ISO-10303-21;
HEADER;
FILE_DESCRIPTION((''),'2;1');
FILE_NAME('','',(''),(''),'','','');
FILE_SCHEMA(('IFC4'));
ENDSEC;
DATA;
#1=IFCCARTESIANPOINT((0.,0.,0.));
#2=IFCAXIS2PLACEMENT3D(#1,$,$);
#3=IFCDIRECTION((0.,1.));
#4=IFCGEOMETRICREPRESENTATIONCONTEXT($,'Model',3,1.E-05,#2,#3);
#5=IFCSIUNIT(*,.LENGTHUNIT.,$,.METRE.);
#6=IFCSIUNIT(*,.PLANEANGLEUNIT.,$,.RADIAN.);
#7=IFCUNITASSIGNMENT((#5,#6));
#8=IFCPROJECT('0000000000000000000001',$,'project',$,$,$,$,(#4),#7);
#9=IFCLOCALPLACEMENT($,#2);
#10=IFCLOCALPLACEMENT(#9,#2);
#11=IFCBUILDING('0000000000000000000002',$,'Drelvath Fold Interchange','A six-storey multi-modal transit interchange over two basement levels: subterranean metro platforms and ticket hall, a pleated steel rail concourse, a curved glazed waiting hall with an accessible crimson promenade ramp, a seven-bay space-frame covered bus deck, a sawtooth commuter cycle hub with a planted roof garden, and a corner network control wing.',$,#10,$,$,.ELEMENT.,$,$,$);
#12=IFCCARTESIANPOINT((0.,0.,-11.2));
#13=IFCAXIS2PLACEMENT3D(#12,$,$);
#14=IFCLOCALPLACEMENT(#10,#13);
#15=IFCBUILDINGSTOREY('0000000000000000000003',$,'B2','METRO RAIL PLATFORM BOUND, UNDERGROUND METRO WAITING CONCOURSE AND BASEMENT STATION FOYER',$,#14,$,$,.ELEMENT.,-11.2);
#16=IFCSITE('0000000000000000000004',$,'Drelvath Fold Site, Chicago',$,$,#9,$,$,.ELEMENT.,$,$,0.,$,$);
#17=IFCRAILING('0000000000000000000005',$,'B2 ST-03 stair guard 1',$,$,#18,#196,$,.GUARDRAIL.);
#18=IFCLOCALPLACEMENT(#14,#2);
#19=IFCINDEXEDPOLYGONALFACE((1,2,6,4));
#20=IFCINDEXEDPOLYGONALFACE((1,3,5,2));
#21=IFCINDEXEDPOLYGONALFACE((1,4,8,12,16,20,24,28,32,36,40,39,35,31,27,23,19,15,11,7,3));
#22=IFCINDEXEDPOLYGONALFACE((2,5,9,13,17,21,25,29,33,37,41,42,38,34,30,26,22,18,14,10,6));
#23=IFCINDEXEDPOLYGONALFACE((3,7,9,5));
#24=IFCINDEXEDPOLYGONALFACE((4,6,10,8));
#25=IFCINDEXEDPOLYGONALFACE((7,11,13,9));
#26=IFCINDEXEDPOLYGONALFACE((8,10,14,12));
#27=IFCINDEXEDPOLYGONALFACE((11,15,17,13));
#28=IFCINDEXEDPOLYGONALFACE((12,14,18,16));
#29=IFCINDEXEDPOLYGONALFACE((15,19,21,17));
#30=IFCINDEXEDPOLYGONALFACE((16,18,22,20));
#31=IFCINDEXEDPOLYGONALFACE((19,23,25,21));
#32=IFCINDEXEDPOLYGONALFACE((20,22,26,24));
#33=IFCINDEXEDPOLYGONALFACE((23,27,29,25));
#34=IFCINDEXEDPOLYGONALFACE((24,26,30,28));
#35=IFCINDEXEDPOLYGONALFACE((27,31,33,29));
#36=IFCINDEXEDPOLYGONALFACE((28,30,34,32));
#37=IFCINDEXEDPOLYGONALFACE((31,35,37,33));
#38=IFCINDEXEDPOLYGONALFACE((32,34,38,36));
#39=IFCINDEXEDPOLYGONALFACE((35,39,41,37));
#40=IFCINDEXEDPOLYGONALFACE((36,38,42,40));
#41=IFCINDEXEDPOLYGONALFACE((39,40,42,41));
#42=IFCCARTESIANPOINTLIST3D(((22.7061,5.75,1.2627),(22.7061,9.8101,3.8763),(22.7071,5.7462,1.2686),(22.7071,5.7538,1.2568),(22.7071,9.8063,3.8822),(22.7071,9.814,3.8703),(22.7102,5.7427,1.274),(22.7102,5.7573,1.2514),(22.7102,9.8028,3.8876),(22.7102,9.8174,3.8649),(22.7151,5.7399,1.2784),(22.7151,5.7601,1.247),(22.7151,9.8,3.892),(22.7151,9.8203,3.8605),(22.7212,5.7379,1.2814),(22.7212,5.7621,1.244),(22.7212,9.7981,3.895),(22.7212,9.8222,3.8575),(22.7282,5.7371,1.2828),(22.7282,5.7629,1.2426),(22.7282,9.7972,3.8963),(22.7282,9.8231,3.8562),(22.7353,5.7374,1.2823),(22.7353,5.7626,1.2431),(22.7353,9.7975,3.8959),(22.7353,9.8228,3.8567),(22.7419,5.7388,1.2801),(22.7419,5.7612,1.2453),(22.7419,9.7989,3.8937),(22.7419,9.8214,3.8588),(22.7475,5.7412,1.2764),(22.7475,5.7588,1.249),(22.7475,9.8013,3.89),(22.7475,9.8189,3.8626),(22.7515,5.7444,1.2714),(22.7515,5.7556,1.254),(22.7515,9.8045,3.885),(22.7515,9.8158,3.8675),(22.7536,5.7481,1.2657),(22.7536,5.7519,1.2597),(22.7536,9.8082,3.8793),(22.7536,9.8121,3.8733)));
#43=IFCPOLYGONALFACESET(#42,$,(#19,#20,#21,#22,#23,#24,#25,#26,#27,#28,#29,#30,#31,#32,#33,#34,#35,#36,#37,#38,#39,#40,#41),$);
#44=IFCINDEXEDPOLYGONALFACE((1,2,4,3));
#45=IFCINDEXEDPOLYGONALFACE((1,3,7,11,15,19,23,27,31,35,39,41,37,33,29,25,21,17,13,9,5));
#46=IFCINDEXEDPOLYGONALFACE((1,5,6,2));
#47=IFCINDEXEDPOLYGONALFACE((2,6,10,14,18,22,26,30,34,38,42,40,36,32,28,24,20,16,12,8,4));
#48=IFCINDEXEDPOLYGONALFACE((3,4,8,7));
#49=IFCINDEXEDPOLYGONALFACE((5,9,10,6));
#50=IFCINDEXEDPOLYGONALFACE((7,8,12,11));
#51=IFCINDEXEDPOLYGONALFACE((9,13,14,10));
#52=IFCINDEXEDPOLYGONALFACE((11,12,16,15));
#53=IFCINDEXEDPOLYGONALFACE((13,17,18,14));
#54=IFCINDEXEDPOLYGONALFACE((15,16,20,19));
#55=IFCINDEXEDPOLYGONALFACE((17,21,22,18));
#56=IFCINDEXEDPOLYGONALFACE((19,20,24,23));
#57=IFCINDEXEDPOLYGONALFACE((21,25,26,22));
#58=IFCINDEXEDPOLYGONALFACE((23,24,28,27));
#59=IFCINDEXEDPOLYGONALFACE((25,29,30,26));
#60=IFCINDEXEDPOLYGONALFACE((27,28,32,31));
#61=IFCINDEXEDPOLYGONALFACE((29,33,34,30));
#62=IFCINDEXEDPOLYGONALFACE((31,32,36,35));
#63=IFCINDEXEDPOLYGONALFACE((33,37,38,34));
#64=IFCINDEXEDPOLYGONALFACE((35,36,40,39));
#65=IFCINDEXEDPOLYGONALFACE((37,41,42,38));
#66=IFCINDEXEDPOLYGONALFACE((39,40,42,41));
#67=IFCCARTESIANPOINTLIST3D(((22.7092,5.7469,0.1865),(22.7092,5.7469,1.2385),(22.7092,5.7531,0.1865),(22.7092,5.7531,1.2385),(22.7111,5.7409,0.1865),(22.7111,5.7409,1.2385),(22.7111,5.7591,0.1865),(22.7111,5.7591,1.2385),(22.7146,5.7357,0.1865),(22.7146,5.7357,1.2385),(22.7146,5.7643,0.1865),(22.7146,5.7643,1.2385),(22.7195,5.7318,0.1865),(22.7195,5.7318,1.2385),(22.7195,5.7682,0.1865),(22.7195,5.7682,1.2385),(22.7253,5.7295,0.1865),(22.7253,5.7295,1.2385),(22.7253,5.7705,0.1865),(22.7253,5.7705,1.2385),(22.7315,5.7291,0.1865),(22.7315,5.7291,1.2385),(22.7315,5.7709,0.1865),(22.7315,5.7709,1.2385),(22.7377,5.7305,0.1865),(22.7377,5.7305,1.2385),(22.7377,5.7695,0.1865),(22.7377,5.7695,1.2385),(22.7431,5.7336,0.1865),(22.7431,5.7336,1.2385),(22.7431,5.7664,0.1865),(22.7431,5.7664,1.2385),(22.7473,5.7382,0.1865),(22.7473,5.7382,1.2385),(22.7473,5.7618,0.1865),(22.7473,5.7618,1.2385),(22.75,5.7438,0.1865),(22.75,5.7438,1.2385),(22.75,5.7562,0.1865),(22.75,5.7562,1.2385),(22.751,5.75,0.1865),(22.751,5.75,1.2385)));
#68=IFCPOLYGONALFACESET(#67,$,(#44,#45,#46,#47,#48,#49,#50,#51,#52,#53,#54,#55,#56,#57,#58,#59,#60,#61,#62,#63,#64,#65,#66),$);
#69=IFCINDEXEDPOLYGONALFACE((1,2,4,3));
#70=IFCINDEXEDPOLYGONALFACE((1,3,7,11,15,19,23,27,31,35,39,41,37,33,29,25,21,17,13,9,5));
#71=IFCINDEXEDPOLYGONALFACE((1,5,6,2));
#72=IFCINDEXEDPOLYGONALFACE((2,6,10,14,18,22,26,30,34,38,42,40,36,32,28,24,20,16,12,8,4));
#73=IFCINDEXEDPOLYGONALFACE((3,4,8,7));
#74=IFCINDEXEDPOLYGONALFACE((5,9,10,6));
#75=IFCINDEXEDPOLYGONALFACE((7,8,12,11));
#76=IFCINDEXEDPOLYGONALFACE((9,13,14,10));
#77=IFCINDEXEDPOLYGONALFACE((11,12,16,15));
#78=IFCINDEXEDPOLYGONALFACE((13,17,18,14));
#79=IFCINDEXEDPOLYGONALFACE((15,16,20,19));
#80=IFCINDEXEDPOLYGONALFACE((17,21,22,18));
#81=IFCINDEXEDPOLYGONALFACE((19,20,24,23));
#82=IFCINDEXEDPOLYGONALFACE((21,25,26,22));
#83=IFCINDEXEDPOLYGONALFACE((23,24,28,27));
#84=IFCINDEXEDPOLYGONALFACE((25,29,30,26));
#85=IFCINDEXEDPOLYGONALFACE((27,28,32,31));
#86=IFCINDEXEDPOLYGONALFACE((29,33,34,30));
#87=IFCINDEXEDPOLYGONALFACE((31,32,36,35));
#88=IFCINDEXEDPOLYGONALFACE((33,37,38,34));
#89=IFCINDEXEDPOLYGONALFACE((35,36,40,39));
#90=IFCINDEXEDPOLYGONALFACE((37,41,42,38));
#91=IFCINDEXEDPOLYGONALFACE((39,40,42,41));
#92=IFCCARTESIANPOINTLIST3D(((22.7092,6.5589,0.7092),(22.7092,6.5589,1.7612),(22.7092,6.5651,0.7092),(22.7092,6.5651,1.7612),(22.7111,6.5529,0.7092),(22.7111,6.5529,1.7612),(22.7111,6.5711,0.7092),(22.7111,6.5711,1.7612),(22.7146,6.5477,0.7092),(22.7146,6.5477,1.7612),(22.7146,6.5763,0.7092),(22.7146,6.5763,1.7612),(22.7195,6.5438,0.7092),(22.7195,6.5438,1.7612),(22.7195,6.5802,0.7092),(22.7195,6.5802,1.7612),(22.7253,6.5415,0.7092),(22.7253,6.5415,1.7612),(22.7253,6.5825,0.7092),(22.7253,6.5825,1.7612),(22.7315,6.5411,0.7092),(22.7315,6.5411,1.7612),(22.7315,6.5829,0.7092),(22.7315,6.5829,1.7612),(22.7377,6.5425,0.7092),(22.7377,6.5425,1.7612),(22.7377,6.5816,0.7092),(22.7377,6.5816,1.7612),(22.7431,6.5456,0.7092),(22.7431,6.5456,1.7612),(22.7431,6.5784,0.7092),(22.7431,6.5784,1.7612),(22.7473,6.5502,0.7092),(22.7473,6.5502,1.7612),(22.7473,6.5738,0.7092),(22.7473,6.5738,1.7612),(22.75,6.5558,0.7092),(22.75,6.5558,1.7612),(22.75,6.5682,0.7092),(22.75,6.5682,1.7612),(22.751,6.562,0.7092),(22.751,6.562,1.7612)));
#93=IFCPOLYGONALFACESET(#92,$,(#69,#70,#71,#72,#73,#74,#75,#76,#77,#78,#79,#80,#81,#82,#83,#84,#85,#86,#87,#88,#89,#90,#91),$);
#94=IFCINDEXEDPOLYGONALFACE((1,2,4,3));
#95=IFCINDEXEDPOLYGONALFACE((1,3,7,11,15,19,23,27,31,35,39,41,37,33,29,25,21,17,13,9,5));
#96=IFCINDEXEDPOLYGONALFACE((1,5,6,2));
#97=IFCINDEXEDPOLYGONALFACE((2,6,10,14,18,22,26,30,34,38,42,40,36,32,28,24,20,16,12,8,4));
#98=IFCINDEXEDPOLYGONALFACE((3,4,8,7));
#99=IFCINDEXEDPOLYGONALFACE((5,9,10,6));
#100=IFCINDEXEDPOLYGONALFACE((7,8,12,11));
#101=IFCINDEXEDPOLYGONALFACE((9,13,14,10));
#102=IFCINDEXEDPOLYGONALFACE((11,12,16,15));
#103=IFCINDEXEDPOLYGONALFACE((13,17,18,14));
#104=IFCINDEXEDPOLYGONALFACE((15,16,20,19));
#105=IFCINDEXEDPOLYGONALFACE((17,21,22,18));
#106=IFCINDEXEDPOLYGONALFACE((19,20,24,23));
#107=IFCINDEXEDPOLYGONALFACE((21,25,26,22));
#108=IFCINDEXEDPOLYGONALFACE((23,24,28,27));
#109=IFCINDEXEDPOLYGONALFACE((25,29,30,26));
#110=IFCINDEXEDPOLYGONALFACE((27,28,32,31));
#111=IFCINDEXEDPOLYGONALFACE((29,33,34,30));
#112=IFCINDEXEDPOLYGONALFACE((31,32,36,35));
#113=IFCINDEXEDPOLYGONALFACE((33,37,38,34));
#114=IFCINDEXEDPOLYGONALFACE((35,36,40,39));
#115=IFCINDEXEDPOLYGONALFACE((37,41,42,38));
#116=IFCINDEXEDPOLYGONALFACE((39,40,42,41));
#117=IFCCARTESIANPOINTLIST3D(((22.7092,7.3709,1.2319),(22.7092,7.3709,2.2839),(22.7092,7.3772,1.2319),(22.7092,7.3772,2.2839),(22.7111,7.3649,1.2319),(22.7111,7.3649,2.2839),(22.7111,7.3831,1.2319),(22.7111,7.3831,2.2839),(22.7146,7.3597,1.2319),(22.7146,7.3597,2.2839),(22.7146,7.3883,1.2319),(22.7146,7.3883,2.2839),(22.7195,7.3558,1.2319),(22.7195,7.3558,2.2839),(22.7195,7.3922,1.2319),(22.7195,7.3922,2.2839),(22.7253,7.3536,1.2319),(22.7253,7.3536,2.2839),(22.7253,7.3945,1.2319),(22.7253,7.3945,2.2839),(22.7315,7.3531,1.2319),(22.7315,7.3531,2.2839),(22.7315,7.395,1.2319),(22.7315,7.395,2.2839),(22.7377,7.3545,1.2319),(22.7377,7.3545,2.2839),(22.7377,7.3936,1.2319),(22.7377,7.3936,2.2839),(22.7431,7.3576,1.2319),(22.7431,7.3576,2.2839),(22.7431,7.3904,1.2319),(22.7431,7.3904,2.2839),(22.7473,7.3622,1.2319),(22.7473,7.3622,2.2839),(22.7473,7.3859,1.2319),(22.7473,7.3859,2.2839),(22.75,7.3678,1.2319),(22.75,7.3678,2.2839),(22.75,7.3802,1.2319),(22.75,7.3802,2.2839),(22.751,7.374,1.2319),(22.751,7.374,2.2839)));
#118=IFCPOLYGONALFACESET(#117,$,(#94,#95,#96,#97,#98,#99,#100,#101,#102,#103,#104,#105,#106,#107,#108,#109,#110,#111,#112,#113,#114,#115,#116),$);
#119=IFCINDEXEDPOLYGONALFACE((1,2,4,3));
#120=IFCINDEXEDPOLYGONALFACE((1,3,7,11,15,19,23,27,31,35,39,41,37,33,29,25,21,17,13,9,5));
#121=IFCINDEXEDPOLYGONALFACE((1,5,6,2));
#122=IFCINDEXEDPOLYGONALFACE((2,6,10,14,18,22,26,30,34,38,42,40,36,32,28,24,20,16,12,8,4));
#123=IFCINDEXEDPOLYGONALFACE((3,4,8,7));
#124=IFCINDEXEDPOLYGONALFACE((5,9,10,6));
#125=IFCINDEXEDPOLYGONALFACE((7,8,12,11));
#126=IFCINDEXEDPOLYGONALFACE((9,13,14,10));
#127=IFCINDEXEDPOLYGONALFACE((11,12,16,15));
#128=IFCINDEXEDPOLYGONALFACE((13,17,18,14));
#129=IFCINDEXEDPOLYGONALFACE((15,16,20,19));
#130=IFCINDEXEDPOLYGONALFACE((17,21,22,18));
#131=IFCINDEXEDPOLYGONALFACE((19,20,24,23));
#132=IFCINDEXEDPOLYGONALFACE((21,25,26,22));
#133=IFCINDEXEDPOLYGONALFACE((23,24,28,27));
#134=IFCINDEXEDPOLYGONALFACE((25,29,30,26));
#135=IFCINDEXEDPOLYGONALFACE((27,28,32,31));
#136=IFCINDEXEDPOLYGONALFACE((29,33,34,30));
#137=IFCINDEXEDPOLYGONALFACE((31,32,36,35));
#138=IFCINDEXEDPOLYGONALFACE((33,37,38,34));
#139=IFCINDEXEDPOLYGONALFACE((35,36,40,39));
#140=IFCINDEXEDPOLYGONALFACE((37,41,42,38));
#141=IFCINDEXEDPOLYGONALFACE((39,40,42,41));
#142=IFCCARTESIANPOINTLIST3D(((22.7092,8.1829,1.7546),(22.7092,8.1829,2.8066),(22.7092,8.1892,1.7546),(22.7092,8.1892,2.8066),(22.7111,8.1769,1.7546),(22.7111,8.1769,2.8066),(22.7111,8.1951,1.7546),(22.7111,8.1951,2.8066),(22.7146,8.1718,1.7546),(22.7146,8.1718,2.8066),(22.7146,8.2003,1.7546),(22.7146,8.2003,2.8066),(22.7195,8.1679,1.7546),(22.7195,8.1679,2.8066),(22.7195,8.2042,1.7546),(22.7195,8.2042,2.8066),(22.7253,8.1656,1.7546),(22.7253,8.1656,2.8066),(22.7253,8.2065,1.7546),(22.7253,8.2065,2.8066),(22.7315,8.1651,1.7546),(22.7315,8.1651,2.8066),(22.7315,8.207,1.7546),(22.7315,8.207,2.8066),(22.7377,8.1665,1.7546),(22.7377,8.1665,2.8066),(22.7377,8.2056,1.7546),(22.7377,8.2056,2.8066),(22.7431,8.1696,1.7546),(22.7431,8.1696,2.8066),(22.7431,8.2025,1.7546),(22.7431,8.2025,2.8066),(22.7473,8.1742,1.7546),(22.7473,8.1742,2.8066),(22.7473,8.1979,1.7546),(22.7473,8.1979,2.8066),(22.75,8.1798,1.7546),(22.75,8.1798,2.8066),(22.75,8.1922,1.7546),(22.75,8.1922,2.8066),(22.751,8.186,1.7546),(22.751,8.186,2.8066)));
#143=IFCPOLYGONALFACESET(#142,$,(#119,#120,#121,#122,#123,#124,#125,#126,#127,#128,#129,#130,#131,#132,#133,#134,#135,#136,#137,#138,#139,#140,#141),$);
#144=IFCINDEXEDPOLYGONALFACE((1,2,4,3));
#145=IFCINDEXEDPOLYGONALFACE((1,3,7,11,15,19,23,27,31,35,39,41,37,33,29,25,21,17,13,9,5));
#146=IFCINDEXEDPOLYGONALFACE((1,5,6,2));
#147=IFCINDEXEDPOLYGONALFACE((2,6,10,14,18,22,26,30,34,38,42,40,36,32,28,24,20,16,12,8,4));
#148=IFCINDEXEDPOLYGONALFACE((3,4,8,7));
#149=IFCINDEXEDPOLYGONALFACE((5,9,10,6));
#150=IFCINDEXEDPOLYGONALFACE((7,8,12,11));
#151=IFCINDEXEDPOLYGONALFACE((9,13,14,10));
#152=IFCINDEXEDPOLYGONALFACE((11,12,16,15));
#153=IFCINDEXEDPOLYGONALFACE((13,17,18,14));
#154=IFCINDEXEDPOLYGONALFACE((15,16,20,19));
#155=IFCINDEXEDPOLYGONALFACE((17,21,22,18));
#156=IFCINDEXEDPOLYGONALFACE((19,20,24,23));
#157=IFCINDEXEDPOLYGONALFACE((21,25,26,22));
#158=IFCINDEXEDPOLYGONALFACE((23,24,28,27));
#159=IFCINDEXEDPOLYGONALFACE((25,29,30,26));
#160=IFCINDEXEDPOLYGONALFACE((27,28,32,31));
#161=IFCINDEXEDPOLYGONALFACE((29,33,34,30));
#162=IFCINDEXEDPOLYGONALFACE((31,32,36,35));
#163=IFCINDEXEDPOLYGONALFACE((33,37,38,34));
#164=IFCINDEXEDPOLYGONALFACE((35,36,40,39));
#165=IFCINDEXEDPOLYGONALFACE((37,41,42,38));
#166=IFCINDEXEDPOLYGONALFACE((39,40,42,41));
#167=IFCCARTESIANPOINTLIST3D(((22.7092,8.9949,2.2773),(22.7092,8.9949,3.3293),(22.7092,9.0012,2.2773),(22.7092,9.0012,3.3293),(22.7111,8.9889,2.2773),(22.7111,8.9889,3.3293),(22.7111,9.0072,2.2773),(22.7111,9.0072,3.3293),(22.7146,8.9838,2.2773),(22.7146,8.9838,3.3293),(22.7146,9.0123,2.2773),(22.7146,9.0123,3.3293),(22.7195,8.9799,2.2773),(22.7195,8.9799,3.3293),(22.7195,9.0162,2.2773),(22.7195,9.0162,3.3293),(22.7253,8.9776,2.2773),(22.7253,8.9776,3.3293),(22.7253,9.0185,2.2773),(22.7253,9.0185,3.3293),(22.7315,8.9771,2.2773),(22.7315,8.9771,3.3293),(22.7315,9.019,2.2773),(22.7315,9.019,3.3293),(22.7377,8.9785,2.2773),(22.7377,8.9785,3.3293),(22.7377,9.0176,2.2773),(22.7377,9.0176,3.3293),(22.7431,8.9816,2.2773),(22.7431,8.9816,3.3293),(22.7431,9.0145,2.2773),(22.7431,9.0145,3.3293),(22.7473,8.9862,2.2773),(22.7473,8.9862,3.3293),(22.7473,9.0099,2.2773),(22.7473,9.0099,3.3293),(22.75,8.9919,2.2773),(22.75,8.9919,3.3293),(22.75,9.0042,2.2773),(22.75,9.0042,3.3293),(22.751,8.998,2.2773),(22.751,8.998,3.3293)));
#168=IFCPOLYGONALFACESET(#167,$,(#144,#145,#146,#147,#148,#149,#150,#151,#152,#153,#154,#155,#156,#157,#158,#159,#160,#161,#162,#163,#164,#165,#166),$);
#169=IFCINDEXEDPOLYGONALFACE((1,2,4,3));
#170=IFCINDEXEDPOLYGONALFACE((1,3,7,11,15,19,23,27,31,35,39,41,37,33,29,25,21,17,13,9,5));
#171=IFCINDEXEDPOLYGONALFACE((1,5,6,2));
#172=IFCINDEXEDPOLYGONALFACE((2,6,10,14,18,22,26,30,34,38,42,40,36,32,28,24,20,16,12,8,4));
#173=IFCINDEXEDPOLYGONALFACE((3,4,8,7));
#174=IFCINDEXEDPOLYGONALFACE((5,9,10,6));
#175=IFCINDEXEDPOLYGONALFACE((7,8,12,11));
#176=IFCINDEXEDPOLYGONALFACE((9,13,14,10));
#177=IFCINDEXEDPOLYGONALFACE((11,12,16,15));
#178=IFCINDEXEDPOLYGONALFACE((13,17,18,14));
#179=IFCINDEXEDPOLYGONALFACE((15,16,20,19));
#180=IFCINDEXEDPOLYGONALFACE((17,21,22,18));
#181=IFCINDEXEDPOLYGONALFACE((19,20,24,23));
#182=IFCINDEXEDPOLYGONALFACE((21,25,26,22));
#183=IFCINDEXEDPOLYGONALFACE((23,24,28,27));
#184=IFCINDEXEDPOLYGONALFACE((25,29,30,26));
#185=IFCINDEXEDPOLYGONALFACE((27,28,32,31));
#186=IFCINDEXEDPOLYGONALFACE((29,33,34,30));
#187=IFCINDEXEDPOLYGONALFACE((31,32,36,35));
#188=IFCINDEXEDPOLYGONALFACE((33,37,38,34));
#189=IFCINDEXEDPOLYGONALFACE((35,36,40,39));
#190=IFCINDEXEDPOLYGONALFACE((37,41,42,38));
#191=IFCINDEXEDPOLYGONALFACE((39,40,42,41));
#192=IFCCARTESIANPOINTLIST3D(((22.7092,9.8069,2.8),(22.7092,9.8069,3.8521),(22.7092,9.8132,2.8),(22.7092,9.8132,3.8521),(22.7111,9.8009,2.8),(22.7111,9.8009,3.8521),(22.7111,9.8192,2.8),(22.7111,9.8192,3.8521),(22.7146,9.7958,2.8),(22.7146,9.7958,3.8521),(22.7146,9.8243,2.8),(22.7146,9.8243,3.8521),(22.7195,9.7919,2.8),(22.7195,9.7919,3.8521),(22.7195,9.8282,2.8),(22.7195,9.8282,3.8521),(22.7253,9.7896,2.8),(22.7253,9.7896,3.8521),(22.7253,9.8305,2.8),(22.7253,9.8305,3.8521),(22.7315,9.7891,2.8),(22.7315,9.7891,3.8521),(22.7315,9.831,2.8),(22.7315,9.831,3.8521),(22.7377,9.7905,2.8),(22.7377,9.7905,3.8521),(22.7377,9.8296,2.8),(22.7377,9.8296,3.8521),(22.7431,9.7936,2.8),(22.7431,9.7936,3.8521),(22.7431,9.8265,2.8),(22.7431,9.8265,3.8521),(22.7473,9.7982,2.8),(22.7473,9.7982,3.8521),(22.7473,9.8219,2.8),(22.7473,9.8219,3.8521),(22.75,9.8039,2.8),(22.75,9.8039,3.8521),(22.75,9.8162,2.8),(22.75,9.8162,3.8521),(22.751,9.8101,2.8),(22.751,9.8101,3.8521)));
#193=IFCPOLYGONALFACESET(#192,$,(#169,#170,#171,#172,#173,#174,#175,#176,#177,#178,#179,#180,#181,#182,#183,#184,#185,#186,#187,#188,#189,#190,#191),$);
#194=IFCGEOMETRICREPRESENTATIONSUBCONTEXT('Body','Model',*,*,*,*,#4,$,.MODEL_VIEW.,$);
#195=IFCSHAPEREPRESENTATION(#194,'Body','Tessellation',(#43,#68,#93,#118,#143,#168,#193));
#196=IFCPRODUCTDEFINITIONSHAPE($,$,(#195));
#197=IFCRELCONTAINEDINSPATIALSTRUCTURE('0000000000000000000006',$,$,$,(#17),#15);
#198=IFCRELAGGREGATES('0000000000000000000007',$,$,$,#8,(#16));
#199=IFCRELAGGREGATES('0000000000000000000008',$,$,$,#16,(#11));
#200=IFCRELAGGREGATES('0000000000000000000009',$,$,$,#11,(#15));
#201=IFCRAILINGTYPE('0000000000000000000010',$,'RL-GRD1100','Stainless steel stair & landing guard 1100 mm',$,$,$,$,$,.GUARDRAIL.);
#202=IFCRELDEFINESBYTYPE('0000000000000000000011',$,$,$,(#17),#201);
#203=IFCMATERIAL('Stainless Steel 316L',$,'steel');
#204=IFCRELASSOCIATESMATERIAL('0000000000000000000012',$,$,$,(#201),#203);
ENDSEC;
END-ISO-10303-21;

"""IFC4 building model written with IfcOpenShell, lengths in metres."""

from ifc_helpers import new_model, si_unit, direction, frame, origin, origin_2d, place, context, subcontext, project, spatial, circle, extrude, material, type_object, element, save


model = new_model("IFC4")

# Units and contexts
model_context = context("Model", 3, precision=1e-05, world=origin(), true_north=direction((0.0, 1.0)))
body_context = subcontext(model_context, "Body", "Model", "MODEL_VIEW")
ifc_project = project(units=[si_unit("LENGTHUNIT", "METRE"), si_unit("PLANEANGLEUNIT", "RADIAN")], contexts=[model_context])

# Site, building, storey
site_placement = place(None, origin())
site = spatial("IfcSite", under=ifc_project, at=site_placement, Name="Drelvath Fold Site, Chicago", CompositionType="ELEMENT", RefElevation=0.0)
building_placement = place(site_placement, origin())
building = spatial("IfcBuilding", under=site, at=building_placement, Name="Drelvath Fold Interchange", Description="A six-storey multi-modal transit interchange over two basement levels: subterranean metro platforms and ticket hall, a pleated steel rail concourse, a curved glazed waiting hall with an accessible crimson promenade ramp, a seven-bay space-frame covered bus deck, a sawtooth commuter cycle hub with a planted roof garden, and a corner network control wing.", CompositionType="ELEMENT")
storey_placement = place(building_placement, frame((0.0, 0.0, -11.2)))
storey = spatial("IfcBuildingStorey", under=building, at=storey_placement, Name="B2", Description="METRO RAIL PLATFORM BOUND, UNDERGROUND METRO WAITING CONCOURSE AND BASEMENT STATION FOYER", CompositionType="ELEMENT", Elevation=-11.2)

# Railing
ifc_material_1 = material(Name="Stainless Steel 316L", Category="steel")
railing_type_1 = type_object("IfcRailingType", Name="RL-GRD1100", Description="Stainless steel stair & landing guard 1100 mm", PredefinedType="GUARDRAIL", material=ifc_material_1)
railing_1_placement = place(storey_placement, frame((22.73, 5.75, 0.1865)))
element("IfcRailing", 1, at=railing_1_placement, inside=storey, type_object=railing_type_1, Name="B2 ST-03 stair guard 1", PredefinedType="GUARDRAIL", context=body_context, shape_type="SweptSolid", body=[
    extrude(circle(Radius=0.0239, at=origin_2d()), frame((0.0, 0.0, 1.0762), z_axis=(0.0, 0.84085, 0.541269), x_axis=(-1.0, 0.0, 0.0)), (0.0, 0.0, 1.0), 4.8286),
    extrude(circle(Radius=0.021, at=origin_2d()), origin(), (0.0, 0.0, 1.0), 1.052),
    extrude(circle(Radius=0.021, at=origin_2d()), frame((0.0, 0.812, 0.5227)), (0.0, 0.0, 1.0), 1.052),
    extrude(circle(Radius=0.021, at=origin_2d()), frame((0.0, 1.624, 1.0454)), (0.0, 0.0, 1.0), 1.052),
    extrude(circle(Radius=0.021, at=origin_2d()), frame((0.0, 2.436, 1.5681)), (0.0, 0.0, 1.0), 1.052),
    extrude(circle(Radius=0.021, at=origin_2d()), frame((0.0, 3.248, 2.0908)), (0.0, 0.0, 1.0), 1.052),
    extrude(circle(Radius=0.021, at=origin_2d()), frame((0.0, 4.0601, 2.6135)), (0.0, 0.0, 1.0), 1.052),
])

save(model, "model.ifc")
